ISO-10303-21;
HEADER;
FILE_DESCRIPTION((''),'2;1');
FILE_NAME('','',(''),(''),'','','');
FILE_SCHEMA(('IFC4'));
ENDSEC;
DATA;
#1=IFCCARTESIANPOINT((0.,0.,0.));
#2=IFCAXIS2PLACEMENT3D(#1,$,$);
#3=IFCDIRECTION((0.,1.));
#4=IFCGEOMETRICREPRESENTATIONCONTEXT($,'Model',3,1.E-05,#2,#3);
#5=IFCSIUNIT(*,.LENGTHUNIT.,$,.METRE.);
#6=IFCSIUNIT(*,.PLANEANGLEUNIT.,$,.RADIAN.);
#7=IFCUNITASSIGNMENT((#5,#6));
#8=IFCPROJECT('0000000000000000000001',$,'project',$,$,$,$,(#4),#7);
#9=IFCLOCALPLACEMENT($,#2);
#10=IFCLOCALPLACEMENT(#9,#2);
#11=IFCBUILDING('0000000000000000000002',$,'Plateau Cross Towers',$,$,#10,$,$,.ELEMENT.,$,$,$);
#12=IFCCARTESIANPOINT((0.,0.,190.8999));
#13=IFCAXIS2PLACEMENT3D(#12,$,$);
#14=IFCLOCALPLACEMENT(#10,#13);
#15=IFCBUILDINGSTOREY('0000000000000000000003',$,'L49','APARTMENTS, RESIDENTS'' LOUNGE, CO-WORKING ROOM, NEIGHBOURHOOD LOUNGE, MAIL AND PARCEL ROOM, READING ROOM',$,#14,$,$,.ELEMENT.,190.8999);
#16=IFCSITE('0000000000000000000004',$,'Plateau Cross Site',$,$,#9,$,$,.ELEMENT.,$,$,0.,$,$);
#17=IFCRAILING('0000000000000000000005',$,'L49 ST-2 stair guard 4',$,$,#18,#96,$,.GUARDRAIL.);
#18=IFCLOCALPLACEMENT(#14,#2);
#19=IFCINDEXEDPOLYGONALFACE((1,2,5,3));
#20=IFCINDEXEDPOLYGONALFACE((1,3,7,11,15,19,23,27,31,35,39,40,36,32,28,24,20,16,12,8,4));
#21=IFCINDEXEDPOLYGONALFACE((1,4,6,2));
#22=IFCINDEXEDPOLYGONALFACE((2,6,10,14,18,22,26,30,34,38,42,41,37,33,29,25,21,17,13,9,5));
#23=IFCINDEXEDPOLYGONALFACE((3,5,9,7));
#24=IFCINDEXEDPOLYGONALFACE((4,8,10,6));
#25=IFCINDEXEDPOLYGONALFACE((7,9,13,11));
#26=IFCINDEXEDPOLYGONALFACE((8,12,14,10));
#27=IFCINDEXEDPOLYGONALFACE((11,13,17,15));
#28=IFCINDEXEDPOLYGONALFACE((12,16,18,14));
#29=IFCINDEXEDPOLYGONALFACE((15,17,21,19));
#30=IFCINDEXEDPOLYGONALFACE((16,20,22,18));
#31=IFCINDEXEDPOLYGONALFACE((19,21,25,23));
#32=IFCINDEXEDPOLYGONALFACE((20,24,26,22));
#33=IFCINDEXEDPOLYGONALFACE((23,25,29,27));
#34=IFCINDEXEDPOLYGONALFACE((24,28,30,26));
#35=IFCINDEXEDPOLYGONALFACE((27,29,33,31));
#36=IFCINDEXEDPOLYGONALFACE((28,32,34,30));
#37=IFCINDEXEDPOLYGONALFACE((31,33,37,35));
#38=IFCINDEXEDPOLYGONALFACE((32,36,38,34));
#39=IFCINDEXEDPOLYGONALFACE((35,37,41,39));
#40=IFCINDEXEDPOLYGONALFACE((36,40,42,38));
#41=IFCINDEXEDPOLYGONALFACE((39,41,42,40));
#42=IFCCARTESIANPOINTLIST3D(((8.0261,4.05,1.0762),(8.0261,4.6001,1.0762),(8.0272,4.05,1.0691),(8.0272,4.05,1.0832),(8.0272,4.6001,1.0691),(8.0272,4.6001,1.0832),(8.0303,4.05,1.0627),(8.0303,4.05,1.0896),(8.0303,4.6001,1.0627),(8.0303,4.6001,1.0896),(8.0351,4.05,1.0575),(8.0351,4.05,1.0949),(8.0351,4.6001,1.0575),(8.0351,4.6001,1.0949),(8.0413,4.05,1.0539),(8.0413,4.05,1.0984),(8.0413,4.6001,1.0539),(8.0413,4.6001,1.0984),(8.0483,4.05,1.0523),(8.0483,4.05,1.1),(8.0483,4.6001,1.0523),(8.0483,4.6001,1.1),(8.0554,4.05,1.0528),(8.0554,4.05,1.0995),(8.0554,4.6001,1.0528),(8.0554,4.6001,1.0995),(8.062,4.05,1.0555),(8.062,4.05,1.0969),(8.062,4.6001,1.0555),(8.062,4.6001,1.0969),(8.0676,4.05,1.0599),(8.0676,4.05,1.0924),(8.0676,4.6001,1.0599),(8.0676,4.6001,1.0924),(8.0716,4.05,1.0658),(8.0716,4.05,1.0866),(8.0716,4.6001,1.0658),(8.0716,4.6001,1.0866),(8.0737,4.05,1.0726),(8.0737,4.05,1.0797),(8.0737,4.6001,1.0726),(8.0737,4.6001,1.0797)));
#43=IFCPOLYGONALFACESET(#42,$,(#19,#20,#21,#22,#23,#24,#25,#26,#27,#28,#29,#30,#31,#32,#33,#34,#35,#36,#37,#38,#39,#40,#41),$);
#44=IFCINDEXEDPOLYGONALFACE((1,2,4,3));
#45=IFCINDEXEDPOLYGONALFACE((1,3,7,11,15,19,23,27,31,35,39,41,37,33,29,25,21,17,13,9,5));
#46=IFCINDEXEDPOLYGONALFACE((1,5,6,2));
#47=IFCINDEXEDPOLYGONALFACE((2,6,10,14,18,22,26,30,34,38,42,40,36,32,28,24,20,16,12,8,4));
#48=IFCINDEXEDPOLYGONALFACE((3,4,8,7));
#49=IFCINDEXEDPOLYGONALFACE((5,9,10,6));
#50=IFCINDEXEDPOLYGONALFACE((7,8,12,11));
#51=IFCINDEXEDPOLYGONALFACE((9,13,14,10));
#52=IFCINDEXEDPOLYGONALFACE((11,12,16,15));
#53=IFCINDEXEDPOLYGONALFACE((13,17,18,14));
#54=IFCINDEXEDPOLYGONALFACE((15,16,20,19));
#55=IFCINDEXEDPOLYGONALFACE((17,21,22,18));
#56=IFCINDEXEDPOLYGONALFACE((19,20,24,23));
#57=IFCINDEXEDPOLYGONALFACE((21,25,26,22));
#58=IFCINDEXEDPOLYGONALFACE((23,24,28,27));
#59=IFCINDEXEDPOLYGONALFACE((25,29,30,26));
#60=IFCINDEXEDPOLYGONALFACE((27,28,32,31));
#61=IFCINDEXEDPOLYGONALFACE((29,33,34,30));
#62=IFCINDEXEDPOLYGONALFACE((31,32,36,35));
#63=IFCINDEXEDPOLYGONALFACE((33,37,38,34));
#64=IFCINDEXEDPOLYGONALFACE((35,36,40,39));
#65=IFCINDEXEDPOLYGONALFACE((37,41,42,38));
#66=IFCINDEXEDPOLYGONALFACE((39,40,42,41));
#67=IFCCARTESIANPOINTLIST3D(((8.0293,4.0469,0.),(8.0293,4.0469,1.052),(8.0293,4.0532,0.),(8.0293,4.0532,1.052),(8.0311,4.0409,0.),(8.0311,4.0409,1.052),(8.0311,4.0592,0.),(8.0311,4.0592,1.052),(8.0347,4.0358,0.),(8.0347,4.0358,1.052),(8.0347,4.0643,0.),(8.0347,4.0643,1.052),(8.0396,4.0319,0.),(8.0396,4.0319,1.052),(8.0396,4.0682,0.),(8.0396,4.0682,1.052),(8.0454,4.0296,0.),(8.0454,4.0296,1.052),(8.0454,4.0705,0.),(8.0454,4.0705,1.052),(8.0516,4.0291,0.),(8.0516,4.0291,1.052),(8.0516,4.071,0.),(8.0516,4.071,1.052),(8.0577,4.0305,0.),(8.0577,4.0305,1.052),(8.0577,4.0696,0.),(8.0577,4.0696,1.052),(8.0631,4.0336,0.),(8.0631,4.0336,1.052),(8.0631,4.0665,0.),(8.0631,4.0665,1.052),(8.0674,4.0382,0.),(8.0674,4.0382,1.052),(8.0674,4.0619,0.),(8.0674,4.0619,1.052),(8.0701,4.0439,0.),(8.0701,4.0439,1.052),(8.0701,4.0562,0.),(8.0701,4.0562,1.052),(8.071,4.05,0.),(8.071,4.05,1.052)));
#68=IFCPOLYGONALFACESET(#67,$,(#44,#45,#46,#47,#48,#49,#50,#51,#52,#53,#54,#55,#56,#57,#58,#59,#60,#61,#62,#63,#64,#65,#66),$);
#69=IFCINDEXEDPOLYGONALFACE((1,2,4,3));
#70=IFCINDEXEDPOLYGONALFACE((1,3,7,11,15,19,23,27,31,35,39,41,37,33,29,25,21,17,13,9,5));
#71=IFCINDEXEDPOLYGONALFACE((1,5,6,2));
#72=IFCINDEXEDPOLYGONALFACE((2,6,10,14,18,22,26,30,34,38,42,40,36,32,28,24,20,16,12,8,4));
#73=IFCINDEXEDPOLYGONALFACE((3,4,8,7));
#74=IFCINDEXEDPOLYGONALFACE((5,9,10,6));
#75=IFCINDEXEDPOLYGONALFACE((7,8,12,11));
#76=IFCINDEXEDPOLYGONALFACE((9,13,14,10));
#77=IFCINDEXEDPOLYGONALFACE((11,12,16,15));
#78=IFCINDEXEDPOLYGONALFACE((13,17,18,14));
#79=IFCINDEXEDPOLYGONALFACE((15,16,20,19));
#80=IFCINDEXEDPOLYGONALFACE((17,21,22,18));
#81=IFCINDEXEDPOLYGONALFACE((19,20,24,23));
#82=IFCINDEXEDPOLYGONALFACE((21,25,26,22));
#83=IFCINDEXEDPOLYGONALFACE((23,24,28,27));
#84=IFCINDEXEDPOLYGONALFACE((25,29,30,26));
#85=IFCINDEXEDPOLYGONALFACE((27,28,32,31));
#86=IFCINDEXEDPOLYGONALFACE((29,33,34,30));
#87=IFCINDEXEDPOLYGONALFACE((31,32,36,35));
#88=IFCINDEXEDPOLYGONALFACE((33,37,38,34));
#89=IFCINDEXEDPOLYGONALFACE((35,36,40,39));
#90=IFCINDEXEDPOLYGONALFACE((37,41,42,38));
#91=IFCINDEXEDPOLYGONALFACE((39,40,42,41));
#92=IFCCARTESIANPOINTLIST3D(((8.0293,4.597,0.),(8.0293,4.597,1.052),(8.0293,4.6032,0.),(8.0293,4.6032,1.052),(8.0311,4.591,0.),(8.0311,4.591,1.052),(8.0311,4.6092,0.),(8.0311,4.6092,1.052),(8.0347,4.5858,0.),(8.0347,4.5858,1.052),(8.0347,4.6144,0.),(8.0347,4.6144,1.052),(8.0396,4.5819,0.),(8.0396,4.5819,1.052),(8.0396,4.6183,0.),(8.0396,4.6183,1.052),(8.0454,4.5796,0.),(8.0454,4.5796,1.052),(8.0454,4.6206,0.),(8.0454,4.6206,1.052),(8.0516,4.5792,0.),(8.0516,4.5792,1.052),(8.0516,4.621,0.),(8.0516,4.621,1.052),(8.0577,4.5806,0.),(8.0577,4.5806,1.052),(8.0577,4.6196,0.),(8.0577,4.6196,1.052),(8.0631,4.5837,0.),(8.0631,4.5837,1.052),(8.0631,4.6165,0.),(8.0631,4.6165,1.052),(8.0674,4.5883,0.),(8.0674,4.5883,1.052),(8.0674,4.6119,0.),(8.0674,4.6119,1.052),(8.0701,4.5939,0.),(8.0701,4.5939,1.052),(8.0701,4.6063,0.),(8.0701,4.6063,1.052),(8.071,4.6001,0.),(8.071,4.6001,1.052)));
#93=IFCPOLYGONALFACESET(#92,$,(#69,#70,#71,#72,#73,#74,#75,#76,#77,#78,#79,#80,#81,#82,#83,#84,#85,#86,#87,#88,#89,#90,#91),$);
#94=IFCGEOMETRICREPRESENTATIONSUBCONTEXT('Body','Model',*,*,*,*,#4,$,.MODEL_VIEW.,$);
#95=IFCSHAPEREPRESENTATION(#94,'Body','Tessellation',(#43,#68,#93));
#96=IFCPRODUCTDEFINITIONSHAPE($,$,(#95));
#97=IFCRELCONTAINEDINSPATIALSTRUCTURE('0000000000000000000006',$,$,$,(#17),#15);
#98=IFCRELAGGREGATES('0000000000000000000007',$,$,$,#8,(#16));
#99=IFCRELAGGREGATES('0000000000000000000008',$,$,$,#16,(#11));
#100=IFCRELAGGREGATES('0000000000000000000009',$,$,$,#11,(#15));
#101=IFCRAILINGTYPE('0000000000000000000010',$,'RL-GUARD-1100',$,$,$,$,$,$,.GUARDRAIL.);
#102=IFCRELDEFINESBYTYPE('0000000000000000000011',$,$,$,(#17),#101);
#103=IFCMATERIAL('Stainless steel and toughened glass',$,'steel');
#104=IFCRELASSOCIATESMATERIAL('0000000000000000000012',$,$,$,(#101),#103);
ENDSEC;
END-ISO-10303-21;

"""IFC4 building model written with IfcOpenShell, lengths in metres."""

from ifc_helpers import new_model, si_unit, direction, frame, origin, origin_2d, place, context, subcontext, project, spatial, circle, extrude, material, type_object, element, save


model = new_model("IFC4")

# Units and contexts
model_context = context("Model", 3, precision=1e-05, world=origin(), true_north=direction((0.0, 1.0)))
body_context = subcontext(model_context, "Body", "Model", "MODEL_VIEW")
ifc_project = project(units=[si_unit("LENGTHUNIT", "METRE"), si_unit("PLANEANGLEUNIT", "RADIAN")], contexts=[model_context])

# Site, building, storey
site_placement = place(None, origin())
site = spatial("IfcSite", under=ifc_project, at=site_placement, Name="Plateau Cross Site", CompositionType="ELEMENT", RefElevation=0.0)
building_placement = place(site_placement, origin())
building = spatial("IfcBuilding", under=site, at=building_placement, Name="Plateau Cross Towers", CompositionType="ELEMENT")
storey_placement = place(building_placement, frame((0.0, 0.0, 190.8999)))
storey = spatial("IfcBuildingStorey", under=building, at=storey_placement, Name="L49", Description="APARTMENTS, RESIDENTS' LOUNGE, CO-WORKING ROOM, NEIGHBOURHOOD LOUNGE, MAIL AND PARCEL ROOM, READING ROOM", CompositionType="ELEMENT", Elevation=190.8999)

# Railing
ifc_material_1 = material(Name="Stainless steel and toughened glass", Category="steel")
railing_type_1 = type_object("IfcRailingType", Name="RL-GUARD-1100", PredefinedType="GUARDRAIL", material=ifc_material_1)
railing_1_placement = place(storey_placement, frame((8.05, 4.05, 0.0)))
element("IfcRailing", 1, at=railing_1_placement, inside=storey, type_object=railing_type_1, Name="L49 ST-2 stair guard 4", PredefinedType="GUARDRAIL", context=body_context, shape_type="SweptSolid", body=[
    extrude(circle(Radius=0.0239, at=origin_2d()), frame((0.0, 0.0, 1.0762), z_axis=(0.0, 1.0, 0.0), x_axis=(-1.0, 0.0, 0.0)), (0.0, 0.0, 1.0), 0.55),
    extrude(circle(Radius=0.021, at=origin_2d()), origin(), (0.0, 0.0, 1.0), 1.052),
    extrude(circle(Radius=0.021, at=origin_2d()), frame((0.0, 0.55, 0.0)), (0.0, 0.0, 1.0), 1.052),
])

save(model, "model.ifc")
